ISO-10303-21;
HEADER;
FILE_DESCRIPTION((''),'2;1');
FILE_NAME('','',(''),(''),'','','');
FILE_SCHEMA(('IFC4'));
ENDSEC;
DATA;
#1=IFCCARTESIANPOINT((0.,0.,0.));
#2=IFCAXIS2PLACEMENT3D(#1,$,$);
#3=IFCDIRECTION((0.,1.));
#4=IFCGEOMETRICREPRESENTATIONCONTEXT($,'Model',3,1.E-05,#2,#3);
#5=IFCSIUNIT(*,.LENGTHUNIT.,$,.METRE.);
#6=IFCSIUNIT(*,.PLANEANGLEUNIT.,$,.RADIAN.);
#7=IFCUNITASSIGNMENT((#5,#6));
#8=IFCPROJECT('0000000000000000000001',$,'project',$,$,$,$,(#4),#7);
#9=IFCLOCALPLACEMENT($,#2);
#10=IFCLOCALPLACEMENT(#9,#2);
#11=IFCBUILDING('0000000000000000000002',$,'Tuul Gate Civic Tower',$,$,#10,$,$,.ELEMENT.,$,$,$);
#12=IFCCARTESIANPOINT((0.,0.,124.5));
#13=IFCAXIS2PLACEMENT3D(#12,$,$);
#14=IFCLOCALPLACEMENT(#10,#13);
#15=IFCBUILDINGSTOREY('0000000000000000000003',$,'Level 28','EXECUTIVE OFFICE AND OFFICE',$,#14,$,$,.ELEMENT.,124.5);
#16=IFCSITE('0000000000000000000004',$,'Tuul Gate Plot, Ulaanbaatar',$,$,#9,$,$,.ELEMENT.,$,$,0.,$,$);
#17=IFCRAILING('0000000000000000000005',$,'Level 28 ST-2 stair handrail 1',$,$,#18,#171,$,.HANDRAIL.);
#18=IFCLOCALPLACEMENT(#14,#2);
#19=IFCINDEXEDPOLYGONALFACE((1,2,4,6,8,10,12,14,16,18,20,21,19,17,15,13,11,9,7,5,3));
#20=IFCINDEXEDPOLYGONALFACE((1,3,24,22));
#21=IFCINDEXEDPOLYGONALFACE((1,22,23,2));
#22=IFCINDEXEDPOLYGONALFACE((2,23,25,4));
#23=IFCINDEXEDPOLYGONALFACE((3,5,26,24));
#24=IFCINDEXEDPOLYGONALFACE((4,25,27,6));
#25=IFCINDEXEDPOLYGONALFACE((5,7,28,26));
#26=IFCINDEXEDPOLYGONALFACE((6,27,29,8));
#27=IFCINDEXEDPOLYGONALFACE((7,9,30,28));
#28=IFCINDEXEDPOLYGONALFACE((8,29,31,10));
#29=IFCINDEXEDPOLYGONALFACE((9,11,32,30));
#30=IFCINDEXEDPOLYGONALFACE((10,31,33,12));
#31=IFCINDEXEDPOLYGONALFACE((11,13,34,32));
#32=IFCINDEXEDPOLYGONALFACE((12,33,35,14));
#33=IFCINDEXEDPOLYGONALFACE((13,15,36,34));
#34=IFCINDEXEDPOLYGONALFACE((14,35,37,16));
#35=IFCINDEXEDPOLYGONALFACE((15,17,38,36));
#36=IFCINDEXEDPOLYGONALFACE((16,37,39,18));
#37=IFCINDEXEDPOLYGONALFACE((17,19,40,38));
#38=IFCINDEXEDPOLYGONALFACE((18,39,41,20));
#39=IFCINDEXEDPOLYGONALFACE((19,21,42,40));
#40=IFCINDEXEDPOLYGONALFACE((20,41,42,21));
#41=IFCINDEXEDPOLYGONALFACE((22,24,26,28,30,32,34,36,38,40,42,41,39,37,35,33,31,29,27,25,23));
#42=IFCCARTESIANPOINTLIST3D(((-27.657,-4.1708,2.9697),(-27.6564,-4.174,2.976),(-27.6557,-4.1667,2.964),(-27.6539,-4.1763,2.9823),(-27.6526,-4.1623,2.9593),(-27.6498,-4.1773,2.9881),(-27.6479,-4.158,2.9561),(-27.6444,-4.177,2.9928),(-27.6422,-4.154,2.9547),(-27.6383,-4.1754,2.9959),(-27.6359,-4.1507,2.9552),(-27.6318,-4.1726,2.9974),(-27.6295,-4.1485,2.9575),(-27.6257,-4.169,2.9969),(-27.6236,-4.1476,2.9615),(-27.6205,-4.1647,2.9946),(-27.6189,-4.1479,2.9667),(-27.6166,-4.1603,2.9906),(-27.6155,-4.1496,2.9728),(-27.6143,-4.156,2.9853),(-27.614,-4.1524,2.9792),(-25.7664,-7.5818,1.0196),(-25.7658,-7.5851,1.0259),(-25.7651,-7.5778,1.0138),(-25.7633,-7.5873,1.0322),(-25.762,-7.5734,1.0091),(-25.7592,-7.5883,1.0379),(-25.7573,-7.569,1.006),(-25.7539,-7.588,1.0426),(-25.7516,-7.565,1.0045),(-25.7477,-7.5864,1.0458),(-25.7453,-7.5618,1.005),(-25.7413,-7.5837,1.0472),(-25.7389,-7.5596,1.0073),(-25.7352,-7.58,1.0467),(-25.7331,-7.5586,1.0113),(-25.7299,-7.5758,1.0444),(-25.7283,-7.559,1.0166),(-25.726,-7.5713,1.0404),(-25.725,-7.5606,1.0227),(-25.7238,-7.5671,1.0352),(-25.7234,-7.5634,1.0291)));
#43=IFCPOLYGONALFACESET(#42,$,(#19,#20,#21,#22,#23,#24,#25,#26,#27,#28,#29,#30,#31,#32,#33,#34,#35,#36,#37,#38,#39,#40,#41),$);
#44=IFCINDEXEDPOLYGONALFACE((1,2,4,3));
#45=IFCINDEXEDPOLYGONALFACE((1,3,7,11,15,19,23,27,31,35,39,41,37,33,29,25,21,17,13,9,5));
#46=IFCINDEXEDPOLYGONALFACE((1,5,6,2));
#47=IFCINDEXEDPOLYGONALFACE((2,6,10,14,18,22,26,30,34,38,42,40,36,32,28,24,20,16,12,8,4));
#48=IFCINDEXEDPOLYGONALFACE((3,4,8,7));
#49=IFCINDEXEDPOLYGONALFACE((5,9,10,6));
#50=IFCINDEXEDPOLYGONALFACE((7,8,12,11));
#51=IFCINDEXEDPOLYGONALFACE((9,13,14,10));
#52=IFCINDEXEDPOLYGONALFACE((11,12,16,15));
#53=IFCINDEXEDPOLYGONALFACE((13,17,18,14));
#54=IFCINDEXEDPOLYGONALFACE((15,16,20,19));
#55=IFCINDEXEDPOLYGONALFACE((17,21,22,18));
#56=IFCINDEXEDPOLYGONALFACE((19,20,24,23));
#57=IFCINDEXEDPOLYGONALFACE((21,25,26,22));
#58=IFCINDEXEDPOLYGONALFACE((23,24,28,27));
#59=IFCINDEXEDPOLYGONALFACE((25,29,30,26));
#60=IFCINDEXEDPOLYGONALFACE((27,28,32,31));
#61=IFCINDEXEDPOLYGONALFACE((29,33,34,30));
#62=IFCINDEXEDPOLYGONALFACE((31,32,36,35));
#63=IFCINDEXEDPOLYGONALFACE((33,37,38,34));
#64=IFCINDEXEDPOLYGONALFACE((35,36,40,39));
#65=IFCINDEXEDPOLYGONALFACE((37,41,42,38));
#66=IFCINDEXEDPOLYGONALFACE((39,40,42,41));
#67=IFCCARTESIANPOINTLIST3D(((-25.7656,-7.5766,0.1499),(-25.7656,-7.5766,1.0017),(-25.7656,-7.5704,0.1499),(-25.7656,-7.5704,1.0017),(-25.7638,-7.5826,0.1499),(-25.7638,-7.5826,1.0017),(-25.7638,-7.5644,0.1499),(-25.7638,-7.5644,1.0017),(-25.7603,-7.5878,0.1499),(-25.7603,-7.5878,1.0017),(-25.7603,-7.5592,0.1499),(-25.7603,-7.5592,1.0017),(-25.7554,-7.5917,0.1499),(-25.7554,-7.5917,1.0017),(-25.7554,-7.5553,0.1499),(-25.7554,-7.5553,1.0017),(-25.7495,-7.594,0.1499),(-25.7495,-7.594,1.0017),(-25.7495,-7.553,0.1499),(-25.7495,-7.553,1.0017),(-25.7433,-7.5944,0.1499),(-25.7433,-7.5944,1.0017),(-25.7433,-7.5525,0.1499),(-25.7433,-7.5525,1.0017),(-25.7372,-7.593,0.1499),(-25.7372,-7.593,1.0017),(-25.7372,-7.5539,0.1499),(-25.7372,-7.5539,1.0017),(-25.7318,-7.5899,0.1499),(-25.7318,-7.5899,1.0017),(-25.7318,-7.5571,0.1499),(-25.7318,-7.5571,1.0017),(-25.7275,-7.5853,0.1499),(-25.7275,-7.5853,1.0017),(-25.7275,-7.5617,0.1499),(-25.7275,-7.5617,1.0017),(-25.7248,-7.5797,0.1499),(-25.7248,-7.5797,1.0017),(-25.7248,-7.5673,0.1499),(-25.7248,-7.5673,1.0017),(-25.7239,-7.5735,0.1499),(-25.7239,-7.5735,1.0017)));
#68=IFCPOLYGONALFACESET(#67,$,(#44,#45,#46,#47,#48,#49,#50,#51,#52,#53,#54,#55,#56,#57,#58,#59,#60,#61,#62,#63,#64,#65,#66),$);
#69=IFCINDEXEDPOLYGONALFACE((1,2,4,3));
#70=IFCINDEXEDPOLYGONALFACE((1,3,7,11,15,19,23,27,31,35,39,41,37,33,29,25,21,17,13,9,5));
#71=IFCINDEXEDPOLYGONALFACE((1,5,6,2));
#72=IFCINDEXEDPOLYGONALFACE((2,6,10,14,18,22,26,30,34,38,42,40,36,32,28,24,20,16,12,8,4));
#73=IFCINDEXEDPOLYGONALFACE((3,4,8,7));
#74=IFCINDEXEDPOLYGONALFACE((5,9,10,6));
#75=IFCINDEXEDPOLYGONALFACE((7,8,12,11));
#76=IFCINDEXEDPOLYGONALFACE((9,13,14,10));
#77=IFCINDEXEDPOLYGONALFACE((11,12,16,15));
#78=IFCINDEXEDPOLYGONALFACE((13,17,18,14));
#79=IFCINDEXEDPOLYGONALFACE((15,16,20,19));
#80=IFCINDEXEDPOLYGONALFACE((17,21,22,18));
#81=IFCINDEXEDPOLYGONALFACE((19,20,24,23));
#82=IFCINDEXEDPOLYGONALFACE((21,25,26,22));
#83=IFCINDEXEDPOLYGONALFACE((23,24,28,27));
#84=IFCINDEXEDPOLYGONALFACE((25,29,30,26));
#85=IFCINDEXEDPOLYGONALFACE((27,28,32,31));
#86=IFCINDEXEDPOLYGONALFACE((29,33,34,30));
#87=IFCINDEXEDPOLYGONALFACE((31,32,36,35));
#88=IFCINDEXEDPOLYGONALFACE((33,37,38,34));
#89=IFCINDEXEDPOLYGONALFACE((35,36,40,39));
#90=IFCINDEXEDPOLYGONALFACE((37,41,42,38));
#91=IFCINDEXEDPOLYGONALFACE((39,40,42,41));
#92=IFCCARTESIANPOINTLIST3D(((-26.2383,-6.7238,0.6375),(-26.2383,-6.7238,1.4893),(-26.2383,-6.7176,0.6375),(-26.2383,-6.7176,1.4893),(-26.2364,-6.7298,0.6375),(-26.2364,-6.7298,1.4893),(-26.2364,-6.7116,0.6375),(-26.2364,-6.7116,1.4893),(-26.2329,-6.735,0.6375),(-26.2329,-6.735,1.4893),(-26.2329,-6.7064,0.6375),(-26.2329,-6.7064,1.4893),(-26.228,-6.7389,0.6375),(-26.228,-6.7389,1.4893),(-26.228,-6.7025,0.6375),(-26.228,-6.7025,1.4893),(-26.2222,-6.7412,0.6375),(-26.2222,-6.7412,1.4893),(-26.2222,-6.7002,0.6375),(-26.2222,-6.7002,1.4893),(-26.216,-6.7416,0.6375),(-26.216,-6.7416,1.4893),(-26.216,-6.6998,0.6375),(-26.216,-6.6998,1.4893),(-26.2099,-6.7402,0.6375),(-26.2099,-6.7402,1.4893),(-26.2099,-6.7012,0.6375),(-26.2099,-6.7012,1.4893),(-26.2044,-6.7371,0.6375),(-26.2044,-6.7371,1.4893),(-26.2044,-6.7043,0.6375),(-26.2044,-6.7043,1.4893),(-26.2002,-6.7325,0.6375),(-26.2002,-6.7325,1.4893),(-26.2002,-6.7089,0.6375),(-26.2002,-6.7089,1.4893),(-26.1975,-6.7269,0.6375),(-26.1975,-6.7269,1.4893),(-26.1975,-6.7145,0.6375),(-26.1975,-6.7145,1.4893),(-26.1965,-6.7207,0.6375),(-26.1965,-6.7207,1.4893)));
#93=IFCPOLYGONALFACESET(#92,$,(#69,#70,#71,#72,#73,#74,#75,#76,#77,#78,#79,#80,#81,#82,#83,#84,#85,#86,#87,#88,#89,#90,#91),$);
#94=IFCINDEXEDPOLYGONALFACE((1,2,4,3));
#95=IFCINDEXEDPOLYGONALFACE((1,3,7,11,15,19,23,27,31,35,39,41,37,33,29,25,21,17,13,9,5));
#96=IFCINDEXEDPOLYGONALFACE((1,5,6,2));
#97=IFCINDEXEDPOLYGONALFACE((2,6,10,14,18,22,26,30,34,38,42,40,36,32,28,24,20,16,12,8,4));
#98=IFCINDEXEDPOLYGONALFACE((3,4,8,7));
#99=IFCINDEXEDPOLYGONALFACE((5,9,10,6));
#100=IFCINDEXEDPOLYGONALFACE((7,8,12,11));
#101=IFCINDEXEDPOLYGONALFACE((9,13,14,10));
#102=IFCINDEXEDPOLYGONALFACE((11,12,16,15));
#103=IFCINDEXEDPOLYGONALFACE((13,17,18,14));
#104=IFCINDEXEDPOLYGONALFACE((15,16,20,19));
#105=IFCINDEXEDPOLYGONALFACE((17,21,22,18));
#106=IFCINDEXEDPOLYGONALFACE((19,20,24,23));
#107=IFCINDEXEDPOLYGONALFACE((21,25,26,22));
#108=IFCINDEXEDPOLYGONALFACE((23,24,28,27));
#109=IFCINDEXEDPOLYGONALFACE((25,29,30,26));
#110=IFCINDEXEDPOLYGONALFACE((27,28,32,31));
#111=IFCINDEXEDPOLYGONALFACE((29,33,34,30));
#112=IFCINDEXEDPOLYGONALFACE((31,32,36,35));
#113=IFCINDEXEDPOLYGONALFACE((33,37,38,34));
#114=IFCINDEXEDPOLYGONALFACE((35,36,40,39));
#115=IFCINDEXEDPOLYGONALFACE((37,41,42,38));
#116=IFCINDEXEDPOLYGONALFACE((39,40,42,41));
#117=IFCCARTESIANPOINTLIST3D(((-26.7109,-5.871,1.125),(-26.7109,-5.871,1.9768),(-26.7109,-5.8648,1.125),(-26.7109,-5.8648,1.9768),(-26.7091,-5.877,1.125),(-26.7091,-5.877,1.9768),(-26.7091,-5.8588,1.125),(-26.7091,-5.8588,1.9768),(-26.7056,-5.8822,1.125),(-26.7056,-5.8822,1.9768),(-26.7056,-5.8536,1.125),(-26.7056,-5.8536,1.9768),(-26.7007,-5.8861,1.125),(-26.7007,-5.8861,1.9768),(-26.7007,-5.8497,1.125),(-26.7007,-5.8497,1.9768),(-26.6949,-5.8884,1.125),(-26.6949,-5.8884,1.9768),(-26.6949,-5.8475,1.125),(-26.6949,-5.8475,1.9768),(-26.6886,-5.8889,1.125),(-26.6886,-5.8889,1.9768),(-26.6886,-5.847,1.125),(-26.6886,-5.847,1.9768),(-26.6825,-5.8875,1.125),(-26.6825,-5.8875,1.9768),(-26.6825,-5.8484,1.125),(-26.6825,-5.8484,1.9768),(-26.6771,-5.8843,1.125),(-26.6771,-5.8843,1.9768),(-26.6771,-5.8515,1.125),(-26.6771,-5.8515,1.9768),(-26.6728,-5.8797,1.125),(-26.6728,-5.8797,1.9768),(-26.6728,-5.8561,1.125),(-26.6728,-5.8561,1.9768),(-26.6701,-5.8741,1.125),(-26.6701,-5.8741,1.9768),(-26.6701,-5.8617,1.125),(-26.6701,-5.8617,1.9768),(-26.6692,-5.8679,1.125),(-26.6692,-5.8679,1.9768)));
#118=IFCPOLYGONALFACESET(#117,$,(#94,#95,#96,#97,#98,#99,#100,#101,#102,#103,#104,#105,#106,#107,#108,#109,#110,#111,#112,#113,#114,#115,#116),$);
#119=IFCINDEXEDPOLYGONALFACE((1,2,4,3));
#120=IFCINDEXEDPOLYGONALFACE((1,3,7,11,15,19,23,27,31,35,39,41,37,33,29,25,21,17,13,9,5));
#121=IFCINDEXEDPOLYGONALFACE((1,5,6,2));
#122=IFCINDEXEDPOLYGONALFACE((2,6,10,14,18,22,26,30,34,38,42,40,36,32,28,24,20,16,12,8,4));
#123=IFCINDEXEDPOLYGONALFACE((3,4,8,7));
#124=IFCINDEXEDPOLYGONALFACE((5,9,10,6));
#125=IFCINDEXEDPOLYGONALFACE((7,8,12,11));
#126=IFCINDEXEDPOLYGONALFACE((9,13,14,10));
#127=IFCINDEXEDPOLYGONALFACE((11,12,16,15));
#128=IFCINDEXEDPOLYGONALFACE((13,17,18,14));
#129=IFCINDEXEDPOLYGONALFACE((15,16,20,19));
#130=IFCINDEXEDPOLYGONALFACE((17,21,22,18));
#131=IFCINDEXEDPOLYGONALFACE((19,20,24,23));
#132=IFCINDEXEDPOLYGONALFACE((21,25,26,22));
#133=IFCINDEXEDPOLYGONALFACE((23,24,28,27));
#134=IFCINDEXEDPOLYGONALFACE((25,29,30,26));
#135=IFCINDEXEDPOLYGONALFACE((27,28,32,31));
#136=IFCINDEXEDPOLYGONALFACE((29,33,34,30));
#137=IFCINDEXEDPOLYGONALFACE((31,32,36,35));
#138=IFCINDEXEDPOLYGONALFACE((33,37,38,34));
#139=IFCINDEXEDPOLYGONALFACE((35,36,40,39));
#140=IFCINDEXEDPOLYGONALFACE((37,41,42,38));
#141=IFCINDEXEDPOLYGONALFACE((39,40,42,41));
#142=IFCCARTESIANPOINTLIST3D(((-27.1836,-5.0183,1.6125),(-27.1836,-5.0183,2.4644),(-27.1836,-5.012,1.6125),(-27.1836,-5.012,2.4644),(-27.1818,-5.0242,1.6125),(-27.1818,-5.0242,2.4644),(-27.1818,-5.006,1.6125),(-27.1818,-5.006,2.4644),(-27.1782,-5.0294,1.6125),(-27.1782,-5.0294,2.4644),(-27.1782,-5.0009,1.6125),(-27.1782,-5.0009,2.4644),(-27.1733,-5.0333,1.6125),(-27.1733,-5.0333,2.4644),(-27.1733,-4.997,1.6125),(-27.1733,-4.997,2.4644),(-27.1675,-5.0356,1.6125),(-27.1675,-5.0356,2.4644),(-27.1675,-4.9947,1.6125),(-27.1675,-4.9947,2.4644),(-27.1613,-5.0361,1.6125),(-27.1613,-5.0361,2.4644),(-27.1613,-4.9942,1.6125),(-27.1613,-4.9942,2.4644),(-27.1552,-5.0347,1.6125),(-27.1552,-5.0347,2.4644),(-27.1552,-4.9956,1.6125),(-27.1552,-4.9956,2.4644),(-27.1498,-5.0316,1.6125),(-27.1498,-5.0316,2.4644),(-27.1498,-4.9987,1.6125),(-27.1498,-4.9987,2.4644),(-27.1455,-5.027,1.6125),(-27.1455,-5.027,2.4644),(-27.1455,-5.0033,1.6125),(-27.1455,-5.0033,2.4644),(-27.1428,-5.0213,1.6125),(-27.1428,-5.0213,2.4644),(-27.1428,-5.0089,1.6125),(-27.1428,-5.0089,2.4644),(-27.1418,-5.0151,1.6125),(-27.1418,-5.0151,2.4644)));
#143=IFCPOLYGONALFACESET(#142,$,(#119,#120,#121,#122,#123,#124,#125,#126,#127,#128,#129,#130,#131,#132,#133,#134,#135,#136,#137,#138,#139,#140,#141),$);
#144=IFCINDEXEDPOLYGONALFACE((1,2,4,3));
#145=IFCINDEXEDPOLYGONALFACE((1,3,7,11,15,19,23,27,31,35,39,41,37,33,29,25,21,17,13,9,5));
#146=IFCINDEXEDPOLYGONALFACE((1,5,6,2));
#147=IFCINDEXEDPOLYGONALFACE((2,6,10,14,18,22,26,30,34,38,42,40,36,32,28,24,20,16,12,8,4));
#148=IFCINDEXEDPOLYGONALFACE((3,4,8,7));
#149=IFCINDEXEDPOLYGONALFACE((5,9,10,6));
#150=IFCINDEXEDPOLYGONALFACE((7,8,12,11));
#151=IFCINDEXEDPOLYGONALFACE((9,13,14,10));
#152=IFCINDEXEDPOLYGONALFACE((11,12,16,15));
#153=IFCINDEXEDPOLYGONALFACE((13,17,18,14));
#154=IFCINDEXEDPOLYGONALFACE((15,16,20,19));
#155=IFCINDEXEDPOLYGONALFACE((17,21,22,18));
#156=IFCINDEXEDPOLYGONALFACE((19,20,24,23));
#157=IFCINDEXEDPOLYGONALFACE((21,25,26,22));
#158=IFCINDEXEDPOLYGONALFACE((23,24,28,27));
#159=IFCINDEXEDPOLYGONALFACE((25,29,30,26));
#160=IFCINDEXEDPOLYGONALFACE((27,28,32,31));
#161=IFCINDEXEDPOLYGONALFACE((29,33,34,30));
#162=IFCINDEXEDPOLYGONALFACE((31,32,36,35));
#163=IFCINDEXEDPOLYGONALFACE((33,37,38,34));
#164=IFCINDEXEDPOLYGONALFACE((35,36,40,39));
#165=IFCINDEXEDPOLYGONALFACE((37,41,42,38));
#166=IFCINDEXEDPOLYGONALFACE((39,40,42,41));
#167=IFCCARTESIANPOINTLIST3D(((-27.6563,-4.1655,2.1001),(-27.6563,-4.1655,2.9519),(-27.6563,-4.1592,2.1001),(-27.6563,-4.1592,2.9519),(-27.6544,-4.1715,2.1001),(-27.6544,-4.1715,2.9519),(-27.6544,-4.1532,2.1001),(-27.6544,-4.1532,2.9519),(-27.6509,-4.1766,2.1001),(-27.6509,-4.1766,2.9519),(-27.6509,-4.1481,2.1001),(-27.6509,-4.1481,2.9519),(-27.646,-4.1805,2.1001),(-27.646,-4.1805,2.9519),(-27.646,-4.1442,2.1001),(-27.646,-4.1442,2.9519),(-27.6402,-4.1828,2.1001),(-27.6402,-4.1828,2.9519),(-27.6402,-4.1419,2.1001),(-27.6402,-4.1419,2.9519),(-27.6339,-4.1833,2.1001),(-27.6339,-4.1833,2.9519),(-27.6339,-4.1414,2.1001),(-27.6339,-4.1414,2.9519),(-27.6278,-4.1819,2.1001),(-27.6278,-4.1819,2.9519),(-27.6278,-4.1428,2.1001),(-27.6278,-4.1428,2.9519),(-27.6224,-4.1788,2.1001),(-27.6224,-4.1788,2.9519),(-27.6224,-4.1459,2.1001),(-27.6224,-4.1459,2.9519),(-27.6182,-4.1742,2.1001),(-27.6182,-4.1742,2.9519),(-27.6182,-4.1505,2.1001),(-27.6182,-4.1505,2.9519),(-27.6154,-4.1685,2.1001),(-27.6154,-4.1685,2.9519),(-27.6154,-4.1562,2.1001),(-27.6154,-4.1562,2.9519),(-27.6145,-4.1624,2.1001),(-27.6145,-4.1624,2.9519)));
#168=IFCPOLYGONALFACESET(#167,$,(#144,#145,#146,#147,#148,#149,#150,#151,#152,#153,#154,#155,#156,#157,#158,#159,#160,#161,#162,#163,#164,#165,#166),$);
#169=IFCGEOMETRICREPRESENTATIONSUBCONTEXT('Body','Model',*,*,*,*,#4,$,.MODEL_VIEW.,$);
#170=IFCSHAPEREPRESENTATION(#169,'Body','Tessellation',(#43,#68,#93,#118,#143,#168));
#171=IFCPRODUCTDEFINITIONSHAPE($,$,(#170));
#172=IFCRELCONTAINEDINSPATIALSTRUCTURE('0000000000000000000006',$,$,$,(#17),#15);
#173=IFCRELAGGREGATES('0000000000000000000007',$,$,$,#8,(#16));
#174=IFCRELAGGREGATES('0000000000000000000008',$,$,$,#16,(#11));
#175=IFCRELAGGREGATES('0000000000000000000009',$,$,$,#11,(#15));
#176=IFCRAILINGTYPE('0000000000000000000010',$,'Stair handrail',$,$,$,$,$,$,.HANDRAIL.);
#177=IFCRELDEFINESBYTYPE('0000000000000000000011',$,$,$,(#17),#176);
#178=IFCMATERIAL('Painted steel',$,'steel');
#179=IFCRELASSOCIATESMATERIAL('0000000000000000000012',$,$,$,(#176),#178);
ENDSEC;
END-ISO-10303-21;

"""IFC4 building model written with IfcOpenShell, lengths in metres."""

from ifc_helpers import new_model, si_unit, direction, frame, origin, origin_2d, place, context, subcontext, project, spatial, circle, extrude, material, type_object, element, save


model = new_model("IFC4")

# Units and contexts
model_context = context("Model", 3, precision=1e-05, world=origin(), true_north=direction((0.0, 1.0)))
body_context = subcontext(model_context, "Body", "Model", "MODEL_VIEW")
ifc_project = project(units=[si_unit("LENGTHUNIT", "METRE"), si_unit("PLANEANGLEUNIT", "RADIAN")], contexts=[model_context])

# Site, building, storey
site_placement = place(None, origin())
site = spatial("IfcSite", under=ifc_project, at=site_placement, Name="Tuul Gate Plot, Ulaanbaatar", CompositionType="ELEMENT", RefElevation=0.0)
building_placement = place(site_placement, origin())
building = spatial("IfcBuilding", under=site, at=building_placement, Name="Tuul Gate Civic Tower", CompositionType="ELEMENT")
storey_placement = place(building_placement, frame((0.0, 0.0, 124.5)))
storey = spatial("IfcBuildingStorey", under=building, at=storey_placement, Name="Level 28", Description="EXECUTIVE OFFICE AND OFFICE", CompositionType="ELEMENT", Elevation=124.5)

# Railing
ifc_material_1 = material(Name="Painted steel", Category="steel")
railing_type_1 = type_object("IfcRailingType", Name="Stair handrail", PredefinedType="HANDRAIL", material=ifc_material_1)
railing_1_placement = place(storey_placement, frame((-25.7449, -7.5735, 0.1499)))
element("IfcRailing", 1, at=railing_1_placement, inside=storey, type_object=railing_type_1, Name="Level 28 ST-2 stair handrail 1", PredefinedType="HANDRAIL", context=body_context, shape_type="SweptSolid", body=[
    extrude(circle(Radius=0.0239, at=origin_2d()), frame((0.0, 0.0, 0.876), z_axis=(-0.433585, 0.782289, 0.447246), x_axis=(-0.874641, -0.484771, 0.0)), (0.0, 0.0, 1.0), 4.3604),
    extrude(circle(Radius=0.021, at=origin_2d()), origin(), (0.0, 0.0, 1.0), 0.8518),
    extrude(circle(Radius=0.021, at=origin_2d()), frame((-0.4727, 0.8528, 0.4875)), (0.0, 0.0, 1.0), 0.8518),
    extrude(circle(Radius=0.021, at=origin_2d()), frame((-0.9453, 1.7056, 0.9751)), (0.0, 0.0, 1.0), 0.8518),
    extrude(circle(Radius=0.021, at=origin_2d()), frame((-1.418, 2.5583, 1.4626)), (0.0, 0.0, 1.0), 0.8518),
    extrude(circle(Radius=0.021, at=origin_2d()), frame((-1.8906, 3.4111, 1.9502)), (0.0, 0.0, 1.0), 0.8518),
])

save(model, "model.ifc")
